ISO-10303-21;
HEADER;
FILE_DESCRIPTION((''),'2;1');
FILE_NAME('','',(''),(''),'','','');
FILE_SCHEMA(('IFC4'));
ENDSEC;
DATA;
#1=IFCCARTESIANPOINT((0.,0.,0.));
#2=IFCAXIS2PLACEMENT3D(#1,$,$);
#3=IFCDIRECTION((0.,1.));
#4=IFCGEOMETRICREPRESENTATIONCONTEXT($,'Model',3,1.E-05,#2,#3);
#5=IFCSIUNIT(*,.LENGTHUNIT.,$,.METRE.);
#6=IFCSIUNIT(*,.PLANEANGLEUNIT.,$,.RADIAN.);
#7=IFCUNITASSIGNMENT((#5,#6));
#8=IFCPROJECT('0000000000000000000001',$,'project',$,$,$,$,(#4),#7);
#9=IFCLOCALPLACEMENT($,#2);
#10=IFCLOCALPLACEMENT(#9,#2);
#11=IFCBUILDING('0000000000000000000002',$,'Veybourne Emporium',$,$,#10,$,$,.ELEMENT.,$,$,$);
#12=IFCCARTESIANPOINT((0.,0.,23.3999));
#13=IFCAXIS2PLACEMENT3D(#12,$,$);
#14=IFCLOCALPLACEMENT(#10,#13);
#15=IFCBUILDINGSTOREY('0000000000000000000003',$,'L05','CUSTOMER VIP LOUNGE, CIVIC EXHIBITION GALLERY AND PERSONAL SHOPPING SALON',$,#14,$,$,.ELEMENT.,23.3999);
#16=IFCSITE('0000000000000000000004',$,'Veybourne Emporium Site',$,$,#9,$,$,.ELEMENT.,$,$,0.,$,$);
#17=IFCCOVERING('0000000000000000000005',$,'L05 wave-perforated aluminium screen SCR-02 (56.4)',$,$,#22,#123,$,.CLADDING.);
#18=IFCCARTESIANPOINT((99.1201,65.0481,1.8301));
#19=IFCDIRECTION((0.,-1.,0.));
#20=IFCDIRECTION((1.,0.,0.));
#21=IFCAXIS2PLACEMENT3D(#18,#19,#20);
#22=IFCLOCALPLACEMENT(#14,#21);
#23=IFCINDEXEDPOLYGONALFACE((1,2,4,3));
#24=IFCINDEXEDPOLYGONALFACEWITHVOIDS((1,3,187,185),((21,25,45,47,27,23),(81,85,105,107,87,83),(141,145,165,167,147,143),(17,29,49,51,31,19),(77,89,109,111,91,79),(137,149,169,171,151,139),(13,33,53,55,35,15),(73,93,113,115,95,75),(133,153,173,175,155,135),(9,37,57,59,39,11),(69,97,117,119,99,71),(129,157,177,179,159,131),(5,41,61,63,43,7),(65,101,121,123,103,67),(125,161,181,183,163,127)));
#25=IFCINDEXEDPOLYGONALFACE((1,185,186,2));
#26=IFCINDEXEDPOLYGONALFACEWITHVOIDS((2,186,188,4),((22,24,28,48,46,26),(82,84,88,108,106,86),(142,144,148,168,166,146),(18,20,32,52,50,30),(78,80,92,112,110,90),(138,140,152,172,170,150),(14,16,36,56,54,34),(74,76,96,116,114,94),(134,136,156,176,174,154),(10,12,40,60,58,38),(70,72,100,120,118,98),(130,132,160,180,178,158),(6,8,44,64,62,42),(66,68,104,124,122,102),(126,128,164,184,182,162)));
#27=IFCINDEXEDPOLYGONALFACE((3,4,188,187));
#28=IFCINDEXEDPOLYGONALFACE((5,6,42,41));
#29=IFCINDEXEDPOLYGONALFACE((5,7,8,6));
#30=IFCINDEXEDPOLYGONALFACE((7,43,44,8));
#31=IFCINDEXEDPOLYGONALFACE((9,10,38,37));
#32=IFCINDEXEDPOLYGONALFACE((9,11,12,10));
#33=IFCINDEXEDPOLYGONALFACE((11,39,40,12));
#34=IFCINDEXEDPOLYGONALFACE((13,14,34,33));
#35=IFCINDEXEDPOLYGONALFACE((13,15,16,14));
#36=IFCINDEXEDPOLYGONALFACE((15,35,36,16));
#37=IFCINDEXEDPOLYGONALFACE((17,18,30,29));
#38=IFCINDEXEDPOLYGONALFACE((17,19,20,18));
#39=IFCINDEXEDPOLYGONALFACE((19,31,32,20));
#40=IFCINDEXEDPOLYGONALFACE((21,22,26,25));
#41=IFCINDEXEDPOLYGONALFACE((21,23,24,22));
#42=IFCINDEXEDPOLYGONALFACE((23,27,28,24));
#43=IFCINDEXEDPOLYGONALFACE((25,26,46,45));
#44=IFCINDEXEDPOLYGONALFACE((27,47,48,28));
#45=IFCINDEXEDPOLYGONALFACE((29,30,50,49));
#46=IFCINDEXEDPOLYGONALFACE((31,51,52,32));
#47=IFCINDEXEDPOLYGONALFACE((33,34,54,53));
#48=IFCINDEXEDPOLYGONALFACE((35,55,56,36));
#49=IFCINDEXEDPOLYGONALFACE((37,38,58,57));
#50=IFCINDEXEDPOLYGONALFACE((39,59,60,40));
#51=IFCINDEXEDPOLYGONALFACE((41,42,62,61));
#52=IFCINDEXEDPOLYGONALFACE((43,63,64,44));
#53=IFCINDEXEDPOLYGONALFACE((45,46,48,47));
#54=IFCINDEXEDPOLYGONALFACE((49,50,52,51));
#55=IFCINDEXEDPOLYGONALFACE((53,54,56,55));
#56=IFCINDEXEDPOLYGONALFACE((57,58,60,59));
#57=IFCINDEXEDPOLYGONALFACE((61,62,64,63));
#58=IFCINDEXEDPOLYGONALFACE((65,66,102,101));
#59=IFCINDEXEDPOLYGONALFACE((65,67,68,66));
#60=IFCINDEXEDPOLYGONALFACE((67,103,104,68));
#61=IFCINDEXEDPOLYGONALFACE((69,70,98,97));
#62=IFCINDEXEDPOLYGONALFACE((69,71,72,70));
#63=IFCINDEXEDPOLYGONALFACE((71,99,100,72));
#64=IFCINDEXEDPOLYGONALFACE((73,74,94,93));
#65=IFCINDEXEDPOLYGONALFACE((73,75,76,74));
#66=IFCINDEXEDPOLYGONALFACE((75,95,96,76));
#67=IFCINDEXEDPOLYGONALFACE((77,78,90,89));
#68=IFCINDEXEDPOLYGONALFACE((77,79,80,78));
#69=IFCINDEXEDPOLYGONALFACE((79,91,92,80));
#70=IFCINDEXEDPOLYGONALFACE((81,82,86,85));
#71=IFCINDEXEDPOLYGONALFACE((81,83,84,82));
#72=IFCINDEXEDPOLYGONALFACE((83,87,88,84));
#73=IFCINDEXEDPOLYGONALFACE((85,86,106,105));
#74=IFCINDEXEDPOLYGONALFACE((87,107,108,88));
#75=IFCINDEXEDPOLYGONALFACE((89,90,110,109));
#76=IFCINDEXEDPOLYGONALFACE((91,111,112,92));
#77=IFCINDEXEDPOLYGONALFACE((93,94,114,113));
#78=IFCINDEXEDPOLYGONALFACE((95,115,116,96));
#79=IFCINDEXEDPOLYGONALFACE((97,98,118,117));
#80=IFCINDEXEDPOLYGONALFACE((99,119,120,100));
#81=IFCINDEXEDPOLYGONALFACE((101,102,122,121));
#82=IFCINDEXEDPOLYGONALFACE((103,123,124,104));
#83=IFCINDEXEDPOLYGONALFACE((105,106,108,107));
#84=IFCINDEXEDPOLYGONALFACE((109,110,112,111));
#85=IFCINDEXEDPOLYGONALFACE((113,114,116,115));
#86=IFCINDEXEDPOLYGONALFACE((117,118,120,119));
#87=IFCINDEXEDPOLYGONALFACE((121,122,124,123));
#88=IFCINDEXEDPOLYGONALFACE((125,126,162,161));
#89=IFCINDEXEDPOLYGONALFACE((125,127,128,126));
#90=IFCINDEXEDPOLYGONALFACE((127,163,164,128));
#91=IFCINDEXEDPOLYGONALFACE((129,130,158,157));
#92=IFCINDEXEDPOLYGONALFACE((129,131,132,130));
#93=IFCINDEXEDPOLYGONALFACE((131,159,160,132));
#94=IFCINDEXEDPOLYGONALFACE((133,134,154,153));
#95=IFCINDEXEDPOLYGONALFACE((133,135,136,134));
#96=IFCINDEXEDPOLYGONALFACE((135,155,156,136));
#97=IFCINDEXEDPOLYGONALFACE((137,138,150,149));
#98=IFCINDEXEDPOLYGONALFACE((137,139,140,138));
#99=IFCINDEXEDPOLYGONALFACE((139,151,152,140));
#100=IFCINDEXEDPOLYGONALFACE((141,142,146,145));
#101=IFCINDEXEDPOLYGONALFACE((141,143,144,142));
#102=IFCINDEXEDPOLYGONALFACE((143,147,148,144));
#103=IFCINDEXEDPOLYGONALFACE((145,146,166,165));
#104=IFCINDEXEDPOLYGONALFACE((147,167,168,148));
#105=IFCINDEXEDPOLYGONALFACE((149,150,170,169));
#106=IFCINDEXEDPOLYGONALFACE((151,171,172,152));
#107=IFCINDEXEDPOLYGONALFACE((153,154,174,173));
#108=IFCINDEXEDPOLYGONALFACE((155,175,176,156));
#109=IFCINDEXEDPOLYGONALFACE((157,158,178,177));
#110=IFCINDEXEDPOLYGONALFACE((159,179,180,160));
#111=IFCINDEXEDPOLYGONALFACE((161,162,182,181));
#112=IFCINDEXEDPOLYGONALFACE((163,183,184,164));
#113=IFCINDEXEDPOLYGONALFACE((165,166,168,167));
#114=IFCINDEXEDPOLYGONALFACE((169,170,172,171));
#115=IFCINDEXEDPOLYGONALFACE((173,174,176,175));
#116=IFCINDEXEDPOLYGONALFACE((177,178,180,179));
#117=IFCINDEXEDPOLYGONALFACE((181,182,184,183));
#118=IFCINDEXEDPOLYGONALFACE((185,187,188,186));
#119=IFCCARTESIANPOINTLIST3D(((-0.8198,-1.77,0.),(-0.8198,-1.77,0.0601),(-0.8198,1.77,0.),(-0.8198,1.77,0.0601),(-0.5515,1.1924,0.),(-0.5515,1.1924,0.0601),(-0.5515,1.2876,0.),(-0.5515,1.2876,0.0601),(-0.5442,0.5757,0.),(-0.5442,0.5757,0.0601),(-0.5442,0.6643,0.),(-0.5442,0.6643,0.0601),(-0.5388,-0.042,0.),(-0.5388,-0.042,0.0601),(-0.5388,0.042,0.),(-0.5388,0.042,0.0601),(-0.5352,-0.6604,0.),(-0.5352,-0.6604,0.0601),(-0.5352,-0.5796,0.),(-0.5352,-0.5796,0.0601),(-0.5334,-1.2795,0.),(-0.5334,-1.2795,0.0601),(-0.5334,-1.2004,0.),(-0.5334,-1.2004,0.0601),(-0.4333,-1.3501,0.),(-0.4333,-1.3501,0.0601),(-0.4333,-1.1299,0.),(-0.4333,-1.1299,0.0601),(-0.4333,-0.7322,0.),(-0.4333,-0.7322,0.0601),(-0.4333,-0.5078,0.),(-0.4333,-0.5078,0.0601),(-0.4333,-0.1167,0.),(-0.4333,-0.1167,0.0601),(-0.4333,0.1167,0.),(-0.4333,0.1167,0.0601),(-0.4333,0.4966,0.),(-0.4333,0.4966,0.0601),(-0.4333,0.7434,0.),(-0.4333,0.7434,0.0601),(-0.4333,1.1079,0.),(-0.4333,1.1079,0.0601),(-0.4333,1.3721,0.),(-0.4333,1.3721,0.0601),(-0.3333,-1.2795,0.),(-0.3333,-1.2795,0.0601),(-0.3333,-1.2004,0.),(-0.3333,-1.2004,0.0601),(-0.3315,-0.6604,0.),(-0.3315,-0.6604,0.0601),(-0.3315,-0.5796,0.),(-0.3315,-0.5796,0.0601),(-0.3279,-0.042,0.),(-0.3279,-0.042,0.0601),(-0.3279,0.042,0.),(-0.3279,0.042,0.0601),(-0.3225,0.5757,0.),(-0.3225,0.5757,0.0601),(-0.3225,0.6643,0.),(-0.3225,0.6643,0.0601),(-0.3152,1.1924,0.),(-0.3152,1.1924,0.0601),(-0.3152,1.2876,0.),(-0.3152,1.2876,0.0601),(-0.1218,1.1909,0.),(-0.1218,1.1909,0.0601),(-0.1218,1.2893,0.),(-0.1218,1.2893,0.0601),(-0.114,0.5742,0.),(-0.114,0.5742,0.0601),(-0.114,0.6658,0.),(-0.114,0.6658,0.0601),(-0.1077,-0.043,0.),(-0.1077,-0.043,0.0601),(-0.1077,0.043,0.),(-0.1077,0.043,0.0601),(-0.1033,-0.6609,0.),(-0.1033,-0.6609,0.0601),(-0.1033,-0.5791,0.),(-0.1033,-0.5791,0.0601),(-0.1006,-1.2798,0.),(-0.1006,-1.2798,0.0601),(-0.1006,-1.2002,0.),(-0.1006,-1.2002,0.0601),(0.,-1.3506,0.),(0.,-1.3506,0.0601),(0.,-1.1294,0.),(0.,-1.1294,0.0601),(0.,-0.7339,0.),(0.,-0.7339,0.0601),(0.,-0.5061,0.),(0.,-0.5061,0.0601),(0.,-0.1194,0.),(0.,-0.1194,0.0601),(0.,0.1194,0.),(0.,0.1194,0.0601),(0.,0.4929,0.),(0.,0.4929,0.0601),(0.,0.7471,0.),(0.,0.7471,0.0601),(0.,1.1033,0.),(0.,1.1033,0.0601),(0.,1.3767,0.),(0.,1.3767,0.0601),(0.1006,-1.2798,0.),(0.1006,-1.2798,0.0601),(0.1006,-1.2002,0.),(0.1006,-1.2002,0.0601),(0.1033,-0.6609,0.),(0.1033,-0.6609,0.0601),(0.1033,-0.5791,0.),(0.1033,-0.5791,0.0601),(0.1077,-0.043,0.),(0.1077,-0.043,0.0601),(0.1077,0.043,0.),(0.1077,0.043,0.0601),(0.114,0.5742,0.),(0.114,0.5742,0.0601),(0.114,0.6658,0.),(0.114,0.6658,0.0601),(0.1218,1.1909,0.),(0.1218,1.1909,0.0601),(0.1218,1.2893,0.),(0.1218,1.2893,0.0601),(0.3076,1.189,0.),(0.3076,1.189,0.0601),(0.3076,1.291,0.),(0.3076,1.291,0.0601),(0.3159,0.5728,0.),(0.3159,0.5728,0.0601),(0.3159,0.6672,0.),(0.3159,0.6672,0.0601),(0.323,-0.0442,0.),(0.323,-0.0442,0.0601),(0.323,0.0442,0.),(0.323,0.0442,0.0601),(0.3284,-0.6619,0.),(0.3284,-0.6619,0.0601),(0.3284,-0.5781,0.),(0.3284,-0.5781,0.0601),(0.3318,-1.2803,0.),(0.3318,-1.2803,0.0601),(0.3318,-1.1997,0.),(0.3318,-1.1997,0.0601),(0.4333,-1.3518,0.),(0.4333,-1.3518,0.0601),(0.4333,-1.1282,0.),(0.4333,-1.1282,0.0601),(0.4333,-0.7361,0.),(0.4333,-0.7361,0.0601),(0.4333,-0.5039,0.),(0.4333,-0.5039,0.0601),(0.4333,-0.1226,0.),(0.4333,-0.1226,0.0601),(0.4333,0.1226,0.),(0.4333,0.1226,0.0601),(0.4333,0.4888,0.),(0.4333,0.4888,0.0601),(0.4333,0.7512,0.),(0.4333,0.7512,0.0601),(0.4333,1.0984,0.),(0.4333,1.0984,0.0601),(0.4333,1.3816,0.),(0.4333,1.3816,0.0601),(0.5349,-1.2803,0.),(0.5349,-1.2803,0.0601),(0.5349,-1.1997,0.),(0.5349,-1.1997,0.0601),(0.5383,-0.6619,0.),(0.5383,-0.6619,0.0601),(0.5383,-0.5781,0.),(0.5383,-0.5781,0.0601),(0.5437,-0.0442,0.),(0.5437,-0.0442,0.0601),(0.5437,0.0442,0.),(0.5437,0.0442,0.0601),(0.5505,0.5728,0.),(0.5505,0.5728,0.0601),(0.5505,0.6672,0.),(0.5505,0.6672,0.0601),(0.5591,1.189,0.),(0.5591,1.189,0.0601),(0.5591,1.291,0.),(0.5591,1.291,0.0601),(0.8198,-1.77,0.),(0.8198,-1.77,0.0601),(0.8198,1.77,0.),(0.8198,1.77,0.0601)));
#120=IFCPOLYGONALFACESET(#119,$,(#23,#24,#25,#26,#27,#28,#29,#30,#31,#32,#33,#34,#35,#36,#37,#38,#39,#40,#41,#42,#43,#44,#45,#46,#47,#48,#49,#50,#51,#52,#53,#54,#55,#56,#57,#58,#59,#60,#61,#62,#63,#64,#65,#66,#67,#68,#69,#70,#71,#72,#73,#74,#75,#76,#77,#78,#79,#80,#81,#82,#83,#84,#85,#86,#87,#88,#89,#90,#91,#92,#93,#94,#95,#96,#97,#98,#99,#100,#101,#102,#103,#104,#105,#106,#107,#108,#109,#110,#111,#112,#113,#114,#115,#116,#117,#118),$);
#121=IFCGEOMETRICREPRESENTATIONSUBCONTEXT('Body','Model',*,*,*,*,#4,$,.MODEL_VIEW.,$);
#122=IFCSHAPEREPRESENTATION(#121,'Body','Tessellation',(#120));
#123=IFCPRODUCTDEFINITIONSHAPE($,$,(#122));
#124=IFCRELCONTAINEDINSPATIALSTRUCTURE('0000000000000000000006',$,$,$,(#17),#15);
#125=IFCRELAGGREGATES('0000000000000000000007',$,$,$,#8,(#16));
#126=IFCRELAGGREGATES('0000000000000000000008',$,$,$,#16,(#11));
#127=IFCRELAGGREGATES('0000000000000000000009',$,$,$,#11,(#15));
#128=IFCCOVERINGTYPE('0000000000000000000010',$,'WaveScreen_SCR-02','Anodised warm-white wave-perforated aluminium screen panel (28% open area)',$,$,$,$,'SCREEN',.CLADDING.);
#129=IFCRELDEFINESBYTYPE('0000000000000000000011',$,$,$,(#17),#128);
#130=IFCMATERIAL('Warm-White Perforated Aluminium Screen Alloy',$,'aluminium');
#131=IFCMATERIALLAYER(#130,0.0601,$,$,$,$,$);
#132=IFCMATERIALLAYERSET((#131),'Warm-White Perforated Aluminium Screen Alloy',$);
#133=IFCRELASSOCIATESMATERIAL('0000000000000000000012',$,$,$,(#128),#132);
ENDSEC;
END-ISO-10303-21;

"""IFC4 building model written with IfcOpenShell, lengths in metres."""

from ifc_helpers import new_model, si_unit, direction, frame, origin, place, context, subcontext, project, spatial, polyline, outline, extrude, material, layer, layer_set, type_object, element, save


model = new_model("IFC4")

# Units and contexts
model_context = context("Model", 3, precision=1e-05, world=origin(), true_north=direction((0.0, 1.0)))
body_context = subcontext(model_context, "Body", "Model", "MODEL_VIEW")
ifc_project = project(units=[si_unit("LENGTHUNIT", "METRE"), si_unit("PLANEANGLEUNIT", "RADIAN")], contexts=[model_context])

# Site, building, storey
site_placement = place(None, origin())
site = spatial("IfcSite", under=ifc_project, at=site_placement, Name="Veybourne Emporium Site", CompositionType="ELEMENT", RefElevation=0.0)
building_placement = place(site_placement, origin())
building = spatial("IfcBuilding", under=site, at=building_placement, Name="Veybourne Emporium", CompositionType="ELEMENT")
storey_placement = place(building_placement, frame((0.0, 0.0, 23.3999)))
storey = spatial("IfcBuildingStorey", under=building, at=storey_placement, Name="L05", Description="CUSTOMER VIP LOUNGE, CIVIC EXHIBITION GALLERY AND PERSONAL SHOPPING SALON", CompositionType="ELEMENT", Elevation=23.3999)

# Covering
ifc_material_1 = material(Name="Warm-White Perforated Aluminium Screen Alloy", Category="aluminium")
ifc_layer_1 = layer(ifc_material_1, 0.0601)
ifc_layer_set_1 = layer_set([ifc_layer_1], Name="Warm-White Perforated Aluminium Screen Alloy")
covering_type_1 = type_object("IfcCoveringType", Name="WaveScreen_SCR-02", Description="Anodised warm-white wave-perforated aluminium screen panel (28% open area)", ElementType="SCREEN", PredefinedType="CLADDING", material=ifc_layer_set_1)
covering_1_placement = place(storey_placement, frame((99.1201, 65.0481, 1.8301), z_axis=(0.0, -1.0, 0.0), x_axis=(1.0, 0.0, 0.0)))
element("IfcCovering", 1, at=covering_1_placement, inside=storey, type_object=covering_type_1, Name="L05 wave-perforated aluminium screen SCR-02 (56.4)", PredefinedType="CLADDING", context=body_context, shape_type="SweptSolid", body=[
    extrude(outline(polyline([(-0.8198, -1.77), (0.8198, -1.77), (0.8198, 1.77), (-0.8198, 1.77), (-0.8198, -1.77)]), holes=[polyline([(-0.4333, -1.1299), (-0.3333, -1.2004), (-0.3333, -1.2795), (-0.4333, -1.3501), (-0.5334, -1.2795), (-0.5334, -1.2004), (-0.4333, -1.1299)]), polyline([(-0.4333, -0.5078), (-0.3315, -0.5796), (-0.3315, -0.6604), (-0.4333, -0.7322), (-0.5352, -0.6604), (-0.5352, -0.5796), (-0.4333, -0.5078)]), polyline([(-0.4333, 0.1167), (-0.3279, 0.042), (-0.3279, -0.042), (-0.4333, -0.1167), (-0.5388, -0.042), (-0.5388, 0.042), (-0.4333, 0.1167)]), polyline([(-0.4333, 0.7434), (-0.3225, 0.6643), (-0.3225, 0.5757), (-0.4333, 0.4966), (-0.5442, 0.5757), (-0.5442, 0.6643), (-0.4333, 0.7434)]), polyline([(-0.4333, 1.3721), (-0.3152, 1.2876), (-0.3152, 1.1924), (-0.4333, 1.1079), (-0.5515, 1.1924), (-0.5515, 1.2876), (-0.4333, 1.3721)]), polyline([(0.0, -1.1294), (0.1006, -1.2002), (0.1006, -1.2798), (0.0, -1.3506), (-0.1006, -1.2798), (-0.1006, -1.2002), (0.0, -1.1294)]), polyline([(0.0, -0.5061), (0.1033, -0.5791), (0.1033, -0.6609), (0.0, -0.7339), (-0.1033, -0.6609), (-0.1033, -0.5791), (0.0, -0.5061)]), polyline([(0.0, 0.1194), (0.1077, 0.043), (0.1077, -0.043), (0.0, -0.1194), (-0.1077, -0.043), (-0.1077, 0.043), (0.0, 0.1194)]), polyline([(0.0, 0.7471), (0.114, 0.6658), (0.114, 0.5742), (0.0, 0.4929), (-0.114, 0.5742), (-0.114, 0.6658), (0.0, 0.7471)]), polyline([(0.0, 1.3767), (0.1218, 1.2893), (0.1218, 1.1909), (0.0, 1.1033), (-0.1218, 1.1909), (-0.1218, 1.2893), (0.0, 1.3767)]), polyline([(0.4333, -1.1282), (0.5349, -1.1997), (0.5349, -1.2803), (0.4333, -1.3518), (0.3318, -1.2803), (0.3318, -1.1997), (0.4333, -1.1282)]), polyline([(0.4333, -0.5039), (0.5383, -0.5781), (0.5383, -0.6619), (0.4333, -0.7361), (0.3284, -0.6619), (0.3284, -0.5781), (0.4333, -0.5039)]), polyline([(0.4333, 0.1226), (0.5437, 0.0442), (0.5437, -0.0442), (0.4333, -0.1226), (0.323, -0.0442), (0.323, 0.0442), (0.4333, 0.1226)]), polyline([(0.4333, 0.7512), (0.5505, 0.6672), (0.5505, 0.5728), (0.4333, 0.4888), (0.3159, 0.5728), (0.3159, 0.6672), (0.4333, 0.7512)]), polyline([(0.4333, 1.3816), (0.5591, 1.291), (0.5591, 1.189), (0.4333, 1.0984), (0.3076, 1.189), (0.3076, 1.291), (0.4333, 1.3816)])]), origin(), (0.0, 0.0, 1.0), 0.0601),
])

save(model, "model.ifc")
